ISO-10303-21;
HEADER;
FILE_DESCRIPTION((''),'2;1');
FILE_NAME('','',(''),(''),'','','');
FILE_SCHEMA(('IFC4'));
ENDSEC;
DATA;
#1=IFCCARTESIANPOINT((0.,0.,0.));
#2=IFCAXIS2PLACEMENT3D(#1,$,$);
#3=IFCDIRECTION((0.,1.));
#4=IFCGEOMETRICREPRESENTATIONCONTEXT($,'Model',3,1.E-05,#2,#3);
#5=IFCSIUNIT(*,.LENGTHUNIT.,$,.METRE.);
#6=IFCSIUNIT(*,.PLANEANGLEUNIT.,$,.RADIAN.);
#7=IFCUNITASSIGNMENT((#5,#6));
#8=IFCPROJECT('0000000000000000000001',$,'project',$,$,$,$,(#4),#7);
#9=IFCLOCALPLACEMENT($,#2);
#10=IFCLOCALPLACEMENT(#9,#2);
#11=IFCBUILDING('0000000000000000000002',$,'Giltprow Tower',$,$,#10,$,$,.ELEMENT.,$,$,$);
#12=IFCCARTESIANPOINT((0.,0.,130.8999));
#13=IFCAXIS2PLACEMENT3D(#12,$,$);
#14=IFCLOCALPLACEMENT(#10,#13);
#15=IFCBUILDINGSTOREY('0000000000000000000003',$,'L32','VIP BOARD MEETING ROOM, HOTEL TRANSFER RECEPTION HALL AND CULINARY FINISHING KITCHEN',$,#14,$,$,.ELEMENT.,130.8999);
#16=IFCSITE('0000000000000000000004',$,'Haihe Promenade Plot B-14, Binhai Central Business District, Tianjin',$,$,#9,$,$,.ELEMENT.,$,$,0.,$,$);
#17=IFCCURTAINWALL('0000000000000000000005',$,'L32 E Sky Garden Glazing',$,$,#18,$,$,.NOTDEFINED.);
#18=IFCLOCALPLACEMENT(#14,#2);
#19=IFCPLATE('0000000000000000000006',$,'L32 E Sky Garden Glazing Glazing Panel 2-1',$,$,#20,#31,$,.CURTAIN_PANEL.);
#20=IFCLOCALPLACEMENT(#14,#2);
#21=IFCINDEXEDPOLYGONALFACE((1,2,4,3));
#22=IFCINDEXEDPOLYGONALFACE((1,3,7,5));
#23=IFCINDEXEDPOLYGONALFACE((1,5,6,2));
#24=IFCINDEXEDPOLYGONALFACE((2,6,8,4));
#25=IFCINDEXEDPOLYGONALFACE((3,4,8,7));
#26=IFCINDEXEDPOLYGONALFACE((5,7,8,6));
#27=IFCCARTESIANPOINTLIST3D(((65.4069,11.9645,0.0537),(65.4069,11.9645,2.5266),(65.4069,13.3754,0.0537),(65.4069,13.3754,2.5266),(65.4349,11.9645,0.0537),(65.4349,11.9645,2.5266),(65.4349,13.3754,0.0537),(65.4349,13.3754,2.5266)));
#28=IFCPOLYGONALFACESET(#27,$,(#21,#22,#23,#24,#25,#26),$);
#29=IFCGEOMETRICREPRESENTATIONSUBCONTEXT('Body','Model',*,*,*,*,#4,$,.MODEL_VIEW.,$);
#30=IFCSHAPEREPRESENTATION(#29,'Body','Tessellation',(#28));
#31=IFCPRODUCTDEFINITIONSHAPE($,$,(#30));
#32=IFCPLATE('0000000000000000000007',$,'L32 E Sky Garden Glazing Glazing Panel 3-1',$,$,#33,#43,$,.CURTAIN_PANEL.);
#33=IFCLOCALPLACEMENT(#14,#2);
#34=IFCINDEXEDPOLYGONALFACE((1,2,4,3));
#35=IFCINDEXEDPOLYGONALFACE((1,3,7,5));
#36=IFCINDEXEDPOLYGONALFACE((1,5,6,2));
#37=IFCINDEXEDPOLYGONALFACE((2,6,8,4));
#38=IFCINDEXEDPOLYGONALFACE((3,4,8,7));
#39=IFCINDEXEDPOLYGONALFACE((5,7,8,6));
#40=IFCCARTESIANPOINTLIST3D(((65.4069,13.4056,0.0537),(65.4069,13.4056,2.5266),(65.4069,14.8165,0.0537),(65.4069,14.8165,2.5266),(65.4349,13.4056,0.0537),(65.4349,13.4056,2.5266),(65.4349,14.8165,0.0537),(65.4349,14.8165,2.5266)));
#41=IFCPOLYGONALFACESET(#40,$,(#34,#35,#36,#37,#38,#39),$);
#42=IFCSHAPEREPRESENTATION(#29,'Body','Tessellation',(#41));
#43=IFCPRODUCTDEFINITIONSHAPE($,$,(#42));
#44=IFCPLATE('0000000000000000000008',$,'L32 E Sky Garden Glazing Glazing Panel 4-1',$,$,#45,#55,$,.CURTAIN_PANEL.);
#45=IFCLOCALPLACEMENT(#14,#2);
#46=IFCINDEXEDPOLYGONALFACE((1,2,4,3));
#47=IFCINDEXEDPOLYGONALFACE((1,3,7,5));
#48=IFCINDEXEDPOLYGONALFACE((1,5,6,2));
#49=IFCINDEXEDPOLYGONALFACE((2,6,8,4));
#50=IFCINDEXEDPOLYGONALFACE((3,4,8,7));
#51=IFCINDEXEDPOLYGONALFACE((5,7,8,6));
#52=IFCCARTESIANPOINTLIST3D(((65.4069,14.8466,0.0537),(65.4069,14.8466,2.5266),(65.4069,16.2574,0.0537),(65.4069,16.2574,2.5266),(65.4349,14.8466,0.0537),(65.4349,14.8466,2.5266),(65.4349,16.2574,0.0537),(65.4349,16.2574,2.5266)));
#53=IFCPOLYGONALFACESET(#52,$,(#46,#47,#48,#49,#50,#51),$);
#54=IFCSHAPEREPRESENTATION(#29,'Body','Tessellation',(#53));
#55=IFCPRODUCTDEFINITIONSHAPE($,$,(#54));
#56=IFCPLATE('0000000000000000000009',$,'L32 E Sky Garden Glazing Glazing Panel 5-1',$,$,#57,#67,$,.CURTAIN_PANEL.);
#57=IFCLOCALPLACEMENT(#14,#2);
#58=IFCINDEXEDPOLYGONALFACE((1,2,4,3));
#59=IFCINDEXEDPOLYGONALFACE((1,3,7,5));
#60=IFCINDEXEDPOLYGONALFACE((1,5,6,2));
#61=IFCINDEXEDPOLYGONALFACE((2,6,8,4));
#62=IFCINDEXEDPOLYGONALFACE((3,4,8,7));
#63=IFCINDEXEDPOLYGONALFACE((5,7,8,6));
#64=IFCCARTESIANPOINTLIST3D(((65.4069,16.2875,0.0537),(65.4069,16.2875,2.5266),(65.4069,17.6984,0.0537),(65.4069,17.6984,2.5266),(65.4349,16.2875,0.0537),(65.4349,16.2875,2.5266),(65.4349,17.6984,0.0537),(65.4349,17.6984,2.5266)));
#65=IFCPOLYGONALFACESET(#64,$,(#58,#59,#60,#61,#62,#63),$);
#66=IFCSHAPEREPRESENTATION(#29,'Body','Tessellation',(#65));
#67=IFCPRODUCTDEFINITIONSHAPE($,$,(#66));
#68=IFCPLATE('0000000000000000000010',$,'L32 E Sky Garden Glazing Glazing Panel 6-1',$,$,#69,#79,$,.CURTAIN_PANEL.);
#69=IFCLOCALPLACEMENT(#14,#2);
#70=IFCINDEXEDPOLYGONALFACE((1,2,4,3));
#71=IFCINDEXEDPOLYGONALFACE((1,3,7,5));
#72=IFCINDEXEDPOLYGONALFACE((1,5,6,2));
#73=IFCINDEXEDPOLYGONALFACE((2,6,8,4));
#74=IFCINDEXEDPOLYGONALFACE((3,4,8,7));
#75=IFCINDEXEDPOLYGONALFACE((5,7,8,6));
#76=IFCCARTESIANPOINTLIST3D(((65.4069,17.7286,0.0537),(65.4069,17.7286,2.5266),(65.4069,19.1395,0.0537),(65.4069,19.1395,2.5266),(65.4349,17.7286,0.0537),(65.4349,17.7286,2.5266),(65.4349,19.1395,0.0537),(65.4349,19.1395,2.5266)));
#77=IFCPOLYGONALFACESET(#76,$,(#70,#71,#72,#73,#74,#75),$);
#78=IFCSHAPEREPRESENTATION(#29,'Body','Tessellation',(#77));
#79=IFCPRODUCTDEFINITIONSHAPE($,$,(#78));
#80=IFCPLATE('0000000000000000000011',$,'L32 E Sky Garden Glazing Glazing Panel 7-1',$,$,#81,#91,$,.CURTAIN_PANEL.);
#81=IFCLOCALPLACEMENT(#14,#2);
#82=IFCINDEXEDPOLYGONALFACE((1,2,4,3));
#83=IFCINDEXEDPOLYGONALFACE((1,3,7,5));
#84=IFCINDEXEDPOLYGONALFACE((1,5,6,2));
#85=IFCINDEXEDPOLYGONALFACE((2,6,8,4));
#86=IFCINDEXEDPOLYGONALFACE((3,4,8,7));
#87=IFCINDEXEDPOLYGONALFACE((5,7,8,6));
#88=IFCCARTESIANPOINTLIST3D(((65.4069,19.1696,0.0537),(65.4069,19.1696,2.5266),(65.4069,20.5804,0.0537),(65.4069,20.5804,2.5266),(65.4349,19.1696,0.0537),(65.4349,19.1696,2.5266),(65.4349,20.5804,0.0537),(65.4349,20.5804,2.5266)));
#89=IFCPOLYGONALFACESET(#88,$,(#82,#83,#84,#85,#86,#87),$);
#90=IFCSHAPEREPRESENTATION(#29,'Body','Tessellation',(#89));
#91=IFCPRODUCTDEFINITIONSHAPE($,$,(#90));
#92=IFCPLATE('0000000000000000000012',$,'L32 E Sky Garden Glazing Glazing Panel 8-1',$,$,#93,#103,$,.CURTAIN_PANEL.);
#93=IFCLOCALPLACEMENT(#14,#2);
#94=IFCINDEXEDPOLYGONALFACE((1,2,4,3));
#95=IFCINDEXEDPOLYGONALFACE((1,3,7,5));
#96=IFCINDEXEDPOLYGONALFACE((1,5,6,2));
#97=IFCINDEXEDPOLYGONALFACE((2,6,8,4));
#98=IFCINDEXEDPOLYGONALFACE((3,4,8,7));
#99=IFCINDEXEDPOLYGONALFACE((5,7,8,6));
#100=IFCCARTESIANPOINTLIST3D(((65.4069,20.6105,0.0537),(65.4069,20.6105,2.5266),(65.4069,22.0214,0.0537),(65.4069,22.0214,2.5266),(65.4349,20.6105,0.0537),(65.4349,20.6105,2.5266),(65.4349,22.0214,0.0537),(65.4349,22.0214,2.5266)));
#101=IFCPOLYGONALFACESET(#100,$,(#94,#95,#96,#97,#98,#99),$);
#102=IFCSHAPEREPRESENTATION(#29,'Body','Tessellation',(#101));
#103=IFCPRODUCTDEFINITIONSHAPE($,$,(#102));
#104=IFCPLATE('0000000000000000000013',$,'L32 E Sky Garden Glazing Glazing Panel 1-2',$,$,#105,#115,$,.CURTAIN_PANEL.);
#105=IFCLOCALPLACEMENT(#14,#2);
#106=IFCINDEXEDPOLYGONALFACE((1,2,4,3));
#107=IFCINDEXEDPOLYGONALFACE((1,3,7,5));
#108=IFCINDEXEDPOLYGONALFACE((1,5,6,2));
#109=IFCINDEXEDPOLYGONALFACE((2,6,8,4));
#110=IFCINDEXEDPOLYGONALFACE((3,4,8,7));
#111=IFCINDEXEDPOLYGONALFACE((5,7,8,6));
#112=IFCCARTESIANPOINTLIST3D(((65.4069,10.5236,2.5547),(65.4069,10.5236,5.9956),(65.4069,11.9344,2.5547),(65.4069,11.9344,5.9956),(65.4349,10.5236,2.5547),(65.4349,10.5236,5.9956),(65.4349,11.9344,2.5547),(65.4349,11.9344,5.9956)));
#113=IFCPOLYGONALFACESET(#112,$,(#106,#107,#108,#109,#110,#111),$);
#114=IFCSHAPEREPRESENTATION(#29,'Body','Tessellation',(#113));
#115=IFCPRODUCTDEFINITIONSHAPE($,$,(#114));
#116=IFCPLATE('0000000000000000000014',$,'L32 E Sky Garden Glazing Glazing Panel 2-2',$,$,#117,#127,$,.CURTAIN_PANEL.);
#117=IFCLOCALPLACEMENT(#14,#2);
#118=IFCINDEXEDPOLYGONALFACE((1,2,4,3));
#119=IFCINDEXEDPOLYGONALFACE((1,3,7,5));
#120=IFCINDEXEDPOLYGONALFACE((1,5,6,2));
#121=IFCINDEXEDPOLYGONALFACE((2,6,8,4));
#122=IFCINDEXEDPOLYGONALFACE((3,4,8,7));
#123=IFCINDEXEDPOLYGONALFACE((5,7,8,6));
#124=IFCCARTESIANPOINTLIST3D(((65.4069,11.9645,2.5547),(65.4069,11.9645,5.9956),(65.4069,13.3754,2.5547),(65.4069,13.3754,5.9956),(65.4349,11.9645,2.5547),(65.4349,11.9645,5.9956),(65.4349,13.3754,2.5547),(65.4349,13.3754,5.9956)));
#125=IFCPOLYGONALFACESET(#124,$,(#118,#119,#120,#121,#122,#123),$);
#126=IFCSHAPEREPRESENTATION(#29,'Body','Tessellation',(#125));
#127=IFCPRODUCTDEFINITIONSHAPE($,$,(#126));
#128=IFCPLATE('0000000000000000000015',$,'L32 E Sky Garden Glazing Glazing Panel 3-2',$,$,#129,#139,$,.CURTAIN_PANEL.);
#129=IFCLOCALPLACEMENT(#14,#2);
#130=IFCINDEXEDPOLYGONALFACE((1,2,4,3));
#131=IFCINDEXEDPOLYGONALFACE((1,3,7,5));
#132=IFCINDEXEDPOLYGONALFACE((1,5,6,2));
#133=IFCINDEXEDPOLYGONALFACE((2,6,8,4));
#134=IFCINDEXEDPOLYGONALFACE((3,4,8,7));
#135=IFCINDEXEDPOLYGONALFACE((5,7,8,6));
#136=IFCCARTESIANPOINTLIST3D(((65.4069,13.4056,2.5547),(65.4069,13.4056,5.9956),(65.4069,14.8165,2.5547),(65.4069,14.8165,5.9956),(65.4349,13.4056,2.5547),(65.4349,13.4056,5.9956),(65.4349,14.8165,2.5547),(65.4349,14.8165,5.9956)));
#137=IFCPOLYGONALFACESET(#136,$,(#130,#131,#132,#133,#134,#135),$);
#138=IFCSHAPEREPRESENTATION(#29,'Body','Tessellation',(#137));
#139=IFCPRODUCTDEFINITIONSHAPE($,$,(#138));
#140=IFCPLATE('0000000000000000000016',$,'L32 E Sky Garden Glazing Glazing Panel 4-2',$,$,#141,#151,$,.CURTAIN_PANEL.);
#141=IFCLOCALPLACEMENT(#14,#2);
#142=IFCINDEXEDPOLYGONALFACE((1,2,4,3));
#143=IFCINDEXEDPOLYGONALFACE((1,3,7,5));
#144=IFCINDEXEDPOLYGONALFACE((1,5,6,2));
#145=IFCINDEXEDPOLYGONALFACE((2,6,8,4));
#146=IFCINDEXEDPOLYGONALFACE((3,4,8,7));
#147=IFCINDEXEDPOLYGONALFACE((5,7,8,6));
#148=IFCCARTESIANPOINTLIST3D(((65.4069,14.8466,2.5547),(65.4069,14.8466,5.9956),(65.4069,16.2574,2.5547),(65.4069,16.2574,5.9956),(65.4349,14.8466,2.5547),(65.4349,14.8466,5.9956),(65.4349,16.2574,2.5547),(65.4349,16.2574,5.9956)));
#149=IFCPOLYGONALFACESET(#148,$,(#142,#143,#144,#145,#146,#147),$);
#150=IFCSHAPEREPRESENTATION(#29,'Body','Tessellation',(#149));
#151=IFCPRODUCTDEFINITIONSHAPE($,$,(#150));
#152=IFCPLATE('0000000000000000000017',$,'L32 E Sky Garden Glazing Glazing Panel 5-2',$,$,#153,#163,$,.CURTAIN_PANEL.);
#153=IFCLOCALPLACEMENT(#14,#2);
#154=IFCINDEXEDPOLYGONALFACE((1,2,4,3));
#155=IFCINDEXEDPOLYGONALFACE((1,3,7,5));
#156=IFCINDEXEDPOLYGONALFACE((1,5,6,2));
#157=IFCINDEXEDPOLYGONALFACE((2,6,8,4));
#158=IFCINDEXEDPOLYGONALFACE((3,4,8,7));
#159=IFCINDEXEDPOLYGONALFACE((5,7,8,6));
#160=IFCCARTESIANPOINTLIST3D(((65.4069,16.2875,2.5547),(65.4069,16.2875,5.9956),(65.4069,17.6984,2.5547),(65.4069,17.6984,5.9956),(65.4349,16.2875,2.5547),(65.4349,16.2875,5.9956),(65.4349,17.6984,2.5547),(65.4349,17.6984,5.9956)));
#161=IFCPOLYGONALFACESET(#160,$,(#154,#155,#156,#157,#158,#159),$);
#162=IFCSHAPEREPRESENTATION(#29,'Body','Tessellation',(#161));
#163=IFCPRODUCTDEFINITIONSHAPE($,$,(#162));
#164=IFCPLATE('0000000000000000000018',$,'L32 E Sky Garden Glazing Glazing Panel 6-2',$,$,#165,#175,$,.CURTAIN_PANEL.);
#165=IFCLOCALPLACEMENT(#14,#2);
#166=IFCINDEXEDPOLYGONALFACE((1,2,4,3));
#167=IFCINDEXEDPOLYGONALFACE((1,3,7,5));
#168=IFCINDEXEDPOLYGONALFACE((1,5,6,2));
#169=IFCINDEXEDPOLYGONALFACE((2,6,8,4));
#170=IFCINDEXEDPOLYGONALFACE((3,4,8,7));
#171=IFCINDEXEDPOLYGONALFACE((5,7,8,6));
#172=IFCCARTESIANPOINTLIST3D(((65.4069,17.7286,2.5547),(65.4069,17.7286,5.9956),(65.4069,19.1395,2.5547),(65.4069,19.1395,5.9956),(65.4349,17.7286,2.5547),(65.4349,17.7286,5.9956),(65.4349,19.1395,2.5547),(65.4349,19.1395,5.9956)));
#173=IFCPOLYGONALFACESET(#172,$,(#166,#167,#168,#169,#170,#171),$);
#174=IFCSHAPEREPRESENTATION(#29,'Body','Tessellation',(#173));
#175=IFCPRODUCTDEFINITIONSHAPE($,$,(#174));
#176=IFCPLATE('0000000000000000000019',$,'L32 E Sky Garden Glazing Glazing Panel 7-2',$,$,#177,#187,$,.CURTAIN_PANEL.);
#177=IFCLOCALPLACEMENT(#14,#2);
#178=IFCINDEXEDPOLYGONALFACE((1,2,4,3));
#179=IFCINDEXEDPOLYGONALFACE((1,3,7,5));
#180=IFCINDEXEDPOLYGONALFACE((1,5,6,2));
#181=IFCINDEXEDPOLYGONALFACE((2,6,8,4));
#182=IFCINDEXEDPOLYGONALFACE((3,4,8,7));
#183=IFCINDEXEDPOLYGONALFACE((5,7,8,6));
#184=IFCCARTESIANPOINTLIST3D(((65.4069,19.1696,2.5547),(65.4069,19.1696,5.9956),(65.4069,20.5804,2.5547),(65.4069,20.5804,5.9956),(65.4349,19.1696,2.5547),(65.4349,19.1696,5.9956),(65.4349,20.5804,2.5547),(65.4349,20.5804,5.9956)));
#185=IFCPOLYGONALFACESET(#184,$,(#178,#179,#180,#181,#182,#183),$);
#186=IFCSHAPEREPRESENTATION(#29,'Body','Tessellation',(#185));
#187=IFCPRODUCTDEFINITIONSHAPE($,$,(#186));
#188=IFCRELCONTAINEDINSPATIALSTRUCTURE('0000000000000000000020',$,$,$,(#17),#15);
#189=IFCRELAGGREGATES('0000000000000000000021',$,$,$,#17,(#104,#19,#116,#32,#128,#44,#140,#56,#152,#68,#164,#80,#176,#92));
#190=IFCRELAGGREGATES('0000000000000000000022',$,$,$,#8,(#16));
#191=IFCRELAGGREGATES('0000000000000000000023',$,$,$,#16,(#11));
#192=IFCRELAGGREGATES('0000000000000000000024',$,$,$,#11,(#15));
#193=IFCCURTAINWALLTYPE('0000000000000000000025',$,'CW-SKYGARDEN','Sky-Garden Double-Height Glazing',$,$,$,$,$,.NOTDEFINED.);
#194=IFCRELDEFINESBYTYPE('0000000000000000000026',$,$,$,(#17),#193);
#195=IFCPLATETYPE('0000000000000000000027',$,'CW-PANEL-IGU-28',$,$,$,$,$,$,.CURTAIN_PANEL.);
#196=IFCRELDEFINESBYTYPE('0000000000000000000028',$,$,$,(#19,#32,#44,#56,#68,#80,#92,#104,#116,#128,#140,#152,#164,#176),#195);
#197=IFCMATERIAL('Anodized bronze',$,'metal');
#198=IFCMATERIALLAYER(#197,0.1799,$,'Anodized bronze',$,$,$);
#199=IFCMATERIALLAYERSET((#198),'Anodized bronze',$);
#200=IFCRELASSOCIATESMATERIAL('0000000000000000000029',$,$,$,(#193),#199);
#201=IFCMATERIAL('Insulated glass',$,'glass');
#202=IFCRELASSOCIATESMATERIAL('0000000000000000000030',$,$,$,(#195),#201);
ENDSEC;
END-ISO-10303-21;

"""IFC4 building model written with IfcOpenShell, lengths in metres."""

from ifc_helpers import new_model, si_unit, direction, frame, origin, origin_2d, place, context, subcontext, project, spatial, rectangle, extrude, source, transform, mapped, material, layer, layer_set, type_object, element, aggregate, save


model = new_model("IFC4")

# Units and contexts
model_context = context("Model", 3, precision=1e-05, world=origin(), true_north=direction((0.0, 1.0)))
body_context = subcontext(model_context, "Body", "Model", "MODEL_VIEW")
ifc_project = project(units=[si_unit("LENGTHUNIT", "METRE"), si_unit("PLANEANGLEUNIT", "RADIAN")], contexts=[model_context])

# Site, building, storey
site_placement = place(None, origin())
site = spatial("IfcSite", under=ifc_project, at=site_placement, Name="Haihe Promenade Plot B-14, Binhai Central Business District, Tianjin", CompositionType="ELEMENT", RefElevation=0.0)
building_placement = place(site_placement, origin())
building = spatial("IfcBuilding", under=site, at=building_placement, Name="Giltprow Tower", CompositionType="ELEMENT")
storey_placement = place(building_placement, frame((0.0, 0.0, 130.8999)))
storey = spatial("IfcBuildingStorey", under=building, at=storey_placement, Name="L32", Description="VIP BOARD MEETING ROOM, HOTEL TRANSFER RECEPTION HALL AND CULINARY FINISHING KITCHEN", CompositionType="ELEMENT", Elevation=130.8999)

# Curtain wall, plates
ifc_material_1 = material(Name="Anodized bronze", Category="metal")
ifc_layer = layer(ifc_material_1, 0.1799, Name="Anodized bronze")
ifc_layer_set = layer_set([ifc_layer], Name="Anodized bronze")
curtain_wall_type = type_object("IfcCurtainWallType", Name="CW-SKYGARDEN", Description="Sky-Garden Double-Height Glazing", PredefinedType="NOTDEFINED", material=ifc_layer_set)
curtain_wall_placement = place(storey_placement, origin())
curtain_wall = element("IfcCurtainWall", 1, at=curtain_wall_placement, inside=storey, type_object=curtain_wall_type, Name="L32 E Sky Garden Glazing", PredefinedType="NOTDEFINED")
ifc_material_2 = material(Name="Insulated glass", Category="glass")
plate_type = type_object("IfcPlateType", Name="CW-PANEL-IGU-28", PredefinedType="CURTAIN_PANEL", material=ifc_material_2)
shared_shape_1 = source(origin(), body_context, "Body", "SweptSolid", [
    extrude(rectangle(XDim=1.4109, YDim=0.0281, at=origin_2d()), origin(), (0.0, 0.0, 1.0), 2.4729),
])
plate_1_placement = place(storey_placement, frame((65.4209, 12.6699, 0.0537), z_axis=(0.0, 0.0, 1.0), x_axis=(0.0, 1.0, 0.0)))
plate_1 = element("IfcPlate", 2, at=plate_1_placement, type_object=plate_type, Name="L32 E Sky Garden Glazing Glazing Panel 2-1", PredefinedType="CURTAIN_PANEL", context=body_context, shape_type="MappedRepresentation", body=[
    mapped(shared_shape_1, transform((0.0, 0.0, 0.0), x_axis=(1.0, 0.0, 0.0), y_axis=(0.0, 1.0, 0.0), z_axis=(0.0, 0.0, 1.0), scale=1.0)),
])
plate_2_placement = place(storey_placement, frame((65.4209, 14.1111, 0.0537), z_axis=(0.0, 0.0, 1.0), x_axis=(0.0, 1.0, 0.0)))
plate_2 = element("IfcPlate", 3, at=plate_2_placement, type_object=plate_type, Name="L32 E Sky Garden Glazing Glazing Panel 3-1", PredefinedType="CURTAIN_PANEL", context=body_context, shape_type="MappedRepresentation", body=[
    mapped(shared_shape_1, transform((0.0, 0.0, 0.0), x_axis=(1.0, 0.0, 0.0), y_axis=(0.0, 1.0, 0.0), z_axis=(0.0, 0.0, 1.0), scale=1.0)),
])
plate_3_placement = place(storey_placement, frame((65.4209, 15.552, 0.0537), z_axis=(0.0, 0.0, 1.0), x_axis=(0.0, 1.0, 0.0)))
plate_3 = element("IfcPlate", 4, at=plate_3_placement, type_object=plate_type, Name="L32 E Sky Garden Glazing Glazing Panel 4-1", PredefinedType="CURTAIN_PANEL", context=body_context, shape_type="MappedRepresentation", body=[
    mapped(shared_shape_1, transform((0.0, 0.0, 0.0), x_axis=(1.0, 0.0, 0.0), y_axis=(0.0, 1.0, 0.0), z_axis=(0.0, 0.0, 1.0), scale=1.0)),
])
plate_4_placement = place(storey_placement, frame((65.4209, 16.9929, 0.0537), z_axis=(0.0, 0.0, 1.0), x_axis=(0.0, 1.0, 0.0)))
plate_4 = element("IfcPlate", 5, at=plate_4_placement, type_object=plate_type, Name="L32 E Sky Garden Glazing Glazing Panel 5-1", PredefinedType="CURTAIN_PANEL", context=body_context, shape_type="MappedRepresentation", body=[
    mapped(shared_shape_1, transform((0.0, 0.0, 0.0), x_axis=(1.0, 0.0, 0.0), y_axis=(0.0, 1.0, 0.0), z_axis=(0.0, 0.0, 1.0), scale=1.0)),
])
plate_5_placement = place(storey_placement, frame((65.4209, 18.4341, 0.0537), z_axis=(0.0, 0.0, 1.0), x_axis=(0.0, 1.0, 0.0)))
plate_5 = element("IfcPlate", 6, at=plate_5_placement, type_object=plate_type, Name="L32 E Sky Garden Glazing Glazing Panel 6-1", PredefinedType="CURTAIN_PANEL", context=body_context, shape_type="MappedRepresentation", body=[
    mapped(shared_shape_1, transform((0.0, 0.0, 0.0), x_axis=(1.0, 0.0, 0.0), y_axis=(0.0, 1.0, 0.0), z_axis=(0.0, 0.0, 1.0), scale=1.0)),
])
plate_6_placement = place(storey_placement, frame((65.4209, 19.875, 0.0537), z_axis=(0.0, 0.0, 1.0), x_axis=(0.0, 1.0, 0.0)))
plate_6 = element("IfcPlate", 7, at=plate_6_placement, type_object=plate_type, Name="L32 E Sky Garden Glazing Glazing Panel 7-1", PredefinedType="CURTAIN_PANEL", context=body_context, shape_type="MappedRepresentation", body=[
    mapped(shared_shape_1, transform((0.0, 0.0, 0.0), x_axis=(1.0, 0.0, 0.0), y_axis=(0.0, 1.0, 0.0), z_axis=(0.0, 0.0, 1.0), scale=1.0)),
])
plate_7_placement = place(storey_placement, frame((65.4209, 21.3159, 0.0537), z_axis=(0.0, 0.0, 1.0), x_axis=(0.0, 1.0, 0.0)))
plate_7 = element("IfcPlate", 8, at=plate_7_placement, type_object=plate_type, Name="L32 E Sky Garden Glazing Glazing Panel 8-1", PredefinedType="CURTAIN_PANEL", context=body_context, shape_type="MappedRepresentation", body=[
    mapped(shared_shape_1, transform((0.0, 0.0, 0.0), x_axis=(1.0, 0.0, 0.0), y_axis=(0.0, 1.0, 0.0), z_axis=(0.0, 0.0, 1.0), scale=1.0)),
])
shared_shape_2 = source(origin(), body_context, "Body", "SweptSolid", [
    extrude(rectangle(XDim=1.4109, YDim=0.0281, at=origin_2d()), origin(), (0.0, 0.0, 1.0), 3.4409),
])
plate_8_placement = place(storey_placement, frame((65.4209, 11.229, 2.5547), z_axis=(0.0, 0.0, 1.0), x_axis=(0.0, 1.0, 0.0)))
plate_8 = element("IfcPlate", 9, at=plate_8_placement, type_object=plate_type, Name="L32 E Sky Garden Glazing Glazing Panel 1-2", PredefinedType="CURTAIN_PANEL", context=body_context, shape_type="MappedRepresentation", body=[
    mapped(shared_shape_2, transform((0.0, 0.0, 0.0), x_axis=(1.0, 0.0, 0.0), y_axis=(0.0, 1.0, 0.0), z_axis=(0.0, 0.0, 1.0), scale=1.0)),
])
plate_9_placement = place(storey_placement, frame((65.4209, 12.6699, 2.5547), z_axis=(0.0, 0.0, 1.0), x_axis=(0.0, 1.0, 0.0)))
plate_9 = element("IfcPlate", 10, at=plate_9_placement, type_object=plate_type, Name="L32 E Sky Garden Glazing Glazing Panel 2-2", PredefinedType="CURTAIN_PANEL", context=body_context, shape_type="MappedRepresentation", body=[
    mapped(shared_shape_2, transform((0.0, 0.0, 0.0), x_axis=(1.0, 0.0, 0.0), y_axis=(0.0, 1.0, 0.0), z_axis=(0.0, 0.0, 1.0), scale=1.0)),
])
plate_10_placement = place(storey_placement, frame((65.4209, 14.1111, 2.5547), z_axis=(0.0, 0.0, 1.0), x_axis=(0.0, 1.0, 0.0)))
plate_10 = element("IfcPlate", 11, at=plate_10_placement, type_object=plate_type, Name="L32 E Sky Garden Glazing Glazing Panel 3-2", PredefinedType="CURTAIN_PANEL", context=body_context, shape_type="MappedRepresentation", body=[
    mapped(shared_shape_2, transform((0.0, 0.0, 0.0), x_axis=(1.0, 0.0, 0.0), y_axis=(0.0, 1.0, 0.0), z_axis=(0.0, 0.0, 1.0), scale=1.0)),
])
plate_11_placement = place(storey_placement, frame((65.4209, 15.552, 2.5547), z_axis=(0.0, 0.0, 1.0), x_axis=(0.0, 1.0, 0.0)))
plate_11 = element("IfcPlate", 12, at=plate_11_placement, type_object=plate_type, Name="L32 E Sky Garden Glazing Glazing Panel 4-2", PredefinedType="CURTAIN_PANEL", context=body_context, shape_type="MappedRepresentation", body=[
    mapped(shared_shape_2, transform((0.0, 0.0, 0.0), x_axis=(1.0, 0.0, 0.0), y_axis=(0.0, 1.0, 0.0), z_axis=(0.0, 0.0, 1.0), scale=1.0)),
])
plate_12_placement = place(storey_placement, frame((65.4209, 16.9929, 2.5547), z_axis=(0.0, 0.0, 1.0), x_axis=(0.0, 1.0, 0.0)))
plate_12 = element("IfcPlate", 13, at=plate_12_placement, type_object=plate_type, Name="L32 E Sky Garden Glazing Glazing Panel 5-2", PredefinedType="CURTAIN_PANEL", context=body_context, shape_type="MappedRepresentation", body=[
    mapped(shared_shape_2, transform((0.0, 0.0, 0.0), x_axis=(1.0, 0.0, 0.0), y_axis=(0.0, 1.0, 0.0), z_axis=(0.0, 0.0, 1.0), scale=1.0)),
])
plate_13_placement = place(storey_placement, frame((65.4209, 18.4341, 2.5547), z_axis=(0.0, 0.0, 1.0), x_axis=(0.0, 1.0, 0.0)))
plate_13 = element("IfcPlate", 14, at=plate_13_placement, type_object=plate_type, Name="L32 E Sky Garden Glazing Glazing Panel 6-2", PredefinedType="CURTAIN_PANEL", context=body_context, shape_type="MappedRepresentation", body=[
    mapped(shared_shape_2, transform((0.0, 0.0, 0.0), x_axis=(1.0, 0.0, 0.0), y_axis=(0.0, 1.0, 0.0), z_axis=(0.0, 0.0, 1.0), scale=1.0)),
])
plate_14_placement = place(storey_placement, frame((65.4209, 19.875, 2.5547), z_axis=(0.0, 0.0, 1.0), x_axis=(0.0, 1.0, 0.0)))
plate_14 = element("IfcPlate", 15, at=plate_14_placement, type_object=plate_type, Name="L32 E Sky Garden Glazing Glazing Panel 7-2", PredefinedType="CURTAIN_PANEL", context=body_context, shape_type="MappedRepresentation", body=[
    mapped(shared_shape_2, transform((0.0, 0.0, 0.0), x_axis=(1.0, 0.0, 0.0), y_axis=(0.0, 1.0, 0.0), z_axis=(0.0, 0.0, 1.0), scale=1.0)),
])
aggregate(curtain_wall, [plate_8, plate_1, plate_9, plate_2, plate_10, plate_3, plate_11, plate_4, plate_12, plate_5, plate_13, plate_6, plate_14, plate_7])

save(model, "model.ifc")
